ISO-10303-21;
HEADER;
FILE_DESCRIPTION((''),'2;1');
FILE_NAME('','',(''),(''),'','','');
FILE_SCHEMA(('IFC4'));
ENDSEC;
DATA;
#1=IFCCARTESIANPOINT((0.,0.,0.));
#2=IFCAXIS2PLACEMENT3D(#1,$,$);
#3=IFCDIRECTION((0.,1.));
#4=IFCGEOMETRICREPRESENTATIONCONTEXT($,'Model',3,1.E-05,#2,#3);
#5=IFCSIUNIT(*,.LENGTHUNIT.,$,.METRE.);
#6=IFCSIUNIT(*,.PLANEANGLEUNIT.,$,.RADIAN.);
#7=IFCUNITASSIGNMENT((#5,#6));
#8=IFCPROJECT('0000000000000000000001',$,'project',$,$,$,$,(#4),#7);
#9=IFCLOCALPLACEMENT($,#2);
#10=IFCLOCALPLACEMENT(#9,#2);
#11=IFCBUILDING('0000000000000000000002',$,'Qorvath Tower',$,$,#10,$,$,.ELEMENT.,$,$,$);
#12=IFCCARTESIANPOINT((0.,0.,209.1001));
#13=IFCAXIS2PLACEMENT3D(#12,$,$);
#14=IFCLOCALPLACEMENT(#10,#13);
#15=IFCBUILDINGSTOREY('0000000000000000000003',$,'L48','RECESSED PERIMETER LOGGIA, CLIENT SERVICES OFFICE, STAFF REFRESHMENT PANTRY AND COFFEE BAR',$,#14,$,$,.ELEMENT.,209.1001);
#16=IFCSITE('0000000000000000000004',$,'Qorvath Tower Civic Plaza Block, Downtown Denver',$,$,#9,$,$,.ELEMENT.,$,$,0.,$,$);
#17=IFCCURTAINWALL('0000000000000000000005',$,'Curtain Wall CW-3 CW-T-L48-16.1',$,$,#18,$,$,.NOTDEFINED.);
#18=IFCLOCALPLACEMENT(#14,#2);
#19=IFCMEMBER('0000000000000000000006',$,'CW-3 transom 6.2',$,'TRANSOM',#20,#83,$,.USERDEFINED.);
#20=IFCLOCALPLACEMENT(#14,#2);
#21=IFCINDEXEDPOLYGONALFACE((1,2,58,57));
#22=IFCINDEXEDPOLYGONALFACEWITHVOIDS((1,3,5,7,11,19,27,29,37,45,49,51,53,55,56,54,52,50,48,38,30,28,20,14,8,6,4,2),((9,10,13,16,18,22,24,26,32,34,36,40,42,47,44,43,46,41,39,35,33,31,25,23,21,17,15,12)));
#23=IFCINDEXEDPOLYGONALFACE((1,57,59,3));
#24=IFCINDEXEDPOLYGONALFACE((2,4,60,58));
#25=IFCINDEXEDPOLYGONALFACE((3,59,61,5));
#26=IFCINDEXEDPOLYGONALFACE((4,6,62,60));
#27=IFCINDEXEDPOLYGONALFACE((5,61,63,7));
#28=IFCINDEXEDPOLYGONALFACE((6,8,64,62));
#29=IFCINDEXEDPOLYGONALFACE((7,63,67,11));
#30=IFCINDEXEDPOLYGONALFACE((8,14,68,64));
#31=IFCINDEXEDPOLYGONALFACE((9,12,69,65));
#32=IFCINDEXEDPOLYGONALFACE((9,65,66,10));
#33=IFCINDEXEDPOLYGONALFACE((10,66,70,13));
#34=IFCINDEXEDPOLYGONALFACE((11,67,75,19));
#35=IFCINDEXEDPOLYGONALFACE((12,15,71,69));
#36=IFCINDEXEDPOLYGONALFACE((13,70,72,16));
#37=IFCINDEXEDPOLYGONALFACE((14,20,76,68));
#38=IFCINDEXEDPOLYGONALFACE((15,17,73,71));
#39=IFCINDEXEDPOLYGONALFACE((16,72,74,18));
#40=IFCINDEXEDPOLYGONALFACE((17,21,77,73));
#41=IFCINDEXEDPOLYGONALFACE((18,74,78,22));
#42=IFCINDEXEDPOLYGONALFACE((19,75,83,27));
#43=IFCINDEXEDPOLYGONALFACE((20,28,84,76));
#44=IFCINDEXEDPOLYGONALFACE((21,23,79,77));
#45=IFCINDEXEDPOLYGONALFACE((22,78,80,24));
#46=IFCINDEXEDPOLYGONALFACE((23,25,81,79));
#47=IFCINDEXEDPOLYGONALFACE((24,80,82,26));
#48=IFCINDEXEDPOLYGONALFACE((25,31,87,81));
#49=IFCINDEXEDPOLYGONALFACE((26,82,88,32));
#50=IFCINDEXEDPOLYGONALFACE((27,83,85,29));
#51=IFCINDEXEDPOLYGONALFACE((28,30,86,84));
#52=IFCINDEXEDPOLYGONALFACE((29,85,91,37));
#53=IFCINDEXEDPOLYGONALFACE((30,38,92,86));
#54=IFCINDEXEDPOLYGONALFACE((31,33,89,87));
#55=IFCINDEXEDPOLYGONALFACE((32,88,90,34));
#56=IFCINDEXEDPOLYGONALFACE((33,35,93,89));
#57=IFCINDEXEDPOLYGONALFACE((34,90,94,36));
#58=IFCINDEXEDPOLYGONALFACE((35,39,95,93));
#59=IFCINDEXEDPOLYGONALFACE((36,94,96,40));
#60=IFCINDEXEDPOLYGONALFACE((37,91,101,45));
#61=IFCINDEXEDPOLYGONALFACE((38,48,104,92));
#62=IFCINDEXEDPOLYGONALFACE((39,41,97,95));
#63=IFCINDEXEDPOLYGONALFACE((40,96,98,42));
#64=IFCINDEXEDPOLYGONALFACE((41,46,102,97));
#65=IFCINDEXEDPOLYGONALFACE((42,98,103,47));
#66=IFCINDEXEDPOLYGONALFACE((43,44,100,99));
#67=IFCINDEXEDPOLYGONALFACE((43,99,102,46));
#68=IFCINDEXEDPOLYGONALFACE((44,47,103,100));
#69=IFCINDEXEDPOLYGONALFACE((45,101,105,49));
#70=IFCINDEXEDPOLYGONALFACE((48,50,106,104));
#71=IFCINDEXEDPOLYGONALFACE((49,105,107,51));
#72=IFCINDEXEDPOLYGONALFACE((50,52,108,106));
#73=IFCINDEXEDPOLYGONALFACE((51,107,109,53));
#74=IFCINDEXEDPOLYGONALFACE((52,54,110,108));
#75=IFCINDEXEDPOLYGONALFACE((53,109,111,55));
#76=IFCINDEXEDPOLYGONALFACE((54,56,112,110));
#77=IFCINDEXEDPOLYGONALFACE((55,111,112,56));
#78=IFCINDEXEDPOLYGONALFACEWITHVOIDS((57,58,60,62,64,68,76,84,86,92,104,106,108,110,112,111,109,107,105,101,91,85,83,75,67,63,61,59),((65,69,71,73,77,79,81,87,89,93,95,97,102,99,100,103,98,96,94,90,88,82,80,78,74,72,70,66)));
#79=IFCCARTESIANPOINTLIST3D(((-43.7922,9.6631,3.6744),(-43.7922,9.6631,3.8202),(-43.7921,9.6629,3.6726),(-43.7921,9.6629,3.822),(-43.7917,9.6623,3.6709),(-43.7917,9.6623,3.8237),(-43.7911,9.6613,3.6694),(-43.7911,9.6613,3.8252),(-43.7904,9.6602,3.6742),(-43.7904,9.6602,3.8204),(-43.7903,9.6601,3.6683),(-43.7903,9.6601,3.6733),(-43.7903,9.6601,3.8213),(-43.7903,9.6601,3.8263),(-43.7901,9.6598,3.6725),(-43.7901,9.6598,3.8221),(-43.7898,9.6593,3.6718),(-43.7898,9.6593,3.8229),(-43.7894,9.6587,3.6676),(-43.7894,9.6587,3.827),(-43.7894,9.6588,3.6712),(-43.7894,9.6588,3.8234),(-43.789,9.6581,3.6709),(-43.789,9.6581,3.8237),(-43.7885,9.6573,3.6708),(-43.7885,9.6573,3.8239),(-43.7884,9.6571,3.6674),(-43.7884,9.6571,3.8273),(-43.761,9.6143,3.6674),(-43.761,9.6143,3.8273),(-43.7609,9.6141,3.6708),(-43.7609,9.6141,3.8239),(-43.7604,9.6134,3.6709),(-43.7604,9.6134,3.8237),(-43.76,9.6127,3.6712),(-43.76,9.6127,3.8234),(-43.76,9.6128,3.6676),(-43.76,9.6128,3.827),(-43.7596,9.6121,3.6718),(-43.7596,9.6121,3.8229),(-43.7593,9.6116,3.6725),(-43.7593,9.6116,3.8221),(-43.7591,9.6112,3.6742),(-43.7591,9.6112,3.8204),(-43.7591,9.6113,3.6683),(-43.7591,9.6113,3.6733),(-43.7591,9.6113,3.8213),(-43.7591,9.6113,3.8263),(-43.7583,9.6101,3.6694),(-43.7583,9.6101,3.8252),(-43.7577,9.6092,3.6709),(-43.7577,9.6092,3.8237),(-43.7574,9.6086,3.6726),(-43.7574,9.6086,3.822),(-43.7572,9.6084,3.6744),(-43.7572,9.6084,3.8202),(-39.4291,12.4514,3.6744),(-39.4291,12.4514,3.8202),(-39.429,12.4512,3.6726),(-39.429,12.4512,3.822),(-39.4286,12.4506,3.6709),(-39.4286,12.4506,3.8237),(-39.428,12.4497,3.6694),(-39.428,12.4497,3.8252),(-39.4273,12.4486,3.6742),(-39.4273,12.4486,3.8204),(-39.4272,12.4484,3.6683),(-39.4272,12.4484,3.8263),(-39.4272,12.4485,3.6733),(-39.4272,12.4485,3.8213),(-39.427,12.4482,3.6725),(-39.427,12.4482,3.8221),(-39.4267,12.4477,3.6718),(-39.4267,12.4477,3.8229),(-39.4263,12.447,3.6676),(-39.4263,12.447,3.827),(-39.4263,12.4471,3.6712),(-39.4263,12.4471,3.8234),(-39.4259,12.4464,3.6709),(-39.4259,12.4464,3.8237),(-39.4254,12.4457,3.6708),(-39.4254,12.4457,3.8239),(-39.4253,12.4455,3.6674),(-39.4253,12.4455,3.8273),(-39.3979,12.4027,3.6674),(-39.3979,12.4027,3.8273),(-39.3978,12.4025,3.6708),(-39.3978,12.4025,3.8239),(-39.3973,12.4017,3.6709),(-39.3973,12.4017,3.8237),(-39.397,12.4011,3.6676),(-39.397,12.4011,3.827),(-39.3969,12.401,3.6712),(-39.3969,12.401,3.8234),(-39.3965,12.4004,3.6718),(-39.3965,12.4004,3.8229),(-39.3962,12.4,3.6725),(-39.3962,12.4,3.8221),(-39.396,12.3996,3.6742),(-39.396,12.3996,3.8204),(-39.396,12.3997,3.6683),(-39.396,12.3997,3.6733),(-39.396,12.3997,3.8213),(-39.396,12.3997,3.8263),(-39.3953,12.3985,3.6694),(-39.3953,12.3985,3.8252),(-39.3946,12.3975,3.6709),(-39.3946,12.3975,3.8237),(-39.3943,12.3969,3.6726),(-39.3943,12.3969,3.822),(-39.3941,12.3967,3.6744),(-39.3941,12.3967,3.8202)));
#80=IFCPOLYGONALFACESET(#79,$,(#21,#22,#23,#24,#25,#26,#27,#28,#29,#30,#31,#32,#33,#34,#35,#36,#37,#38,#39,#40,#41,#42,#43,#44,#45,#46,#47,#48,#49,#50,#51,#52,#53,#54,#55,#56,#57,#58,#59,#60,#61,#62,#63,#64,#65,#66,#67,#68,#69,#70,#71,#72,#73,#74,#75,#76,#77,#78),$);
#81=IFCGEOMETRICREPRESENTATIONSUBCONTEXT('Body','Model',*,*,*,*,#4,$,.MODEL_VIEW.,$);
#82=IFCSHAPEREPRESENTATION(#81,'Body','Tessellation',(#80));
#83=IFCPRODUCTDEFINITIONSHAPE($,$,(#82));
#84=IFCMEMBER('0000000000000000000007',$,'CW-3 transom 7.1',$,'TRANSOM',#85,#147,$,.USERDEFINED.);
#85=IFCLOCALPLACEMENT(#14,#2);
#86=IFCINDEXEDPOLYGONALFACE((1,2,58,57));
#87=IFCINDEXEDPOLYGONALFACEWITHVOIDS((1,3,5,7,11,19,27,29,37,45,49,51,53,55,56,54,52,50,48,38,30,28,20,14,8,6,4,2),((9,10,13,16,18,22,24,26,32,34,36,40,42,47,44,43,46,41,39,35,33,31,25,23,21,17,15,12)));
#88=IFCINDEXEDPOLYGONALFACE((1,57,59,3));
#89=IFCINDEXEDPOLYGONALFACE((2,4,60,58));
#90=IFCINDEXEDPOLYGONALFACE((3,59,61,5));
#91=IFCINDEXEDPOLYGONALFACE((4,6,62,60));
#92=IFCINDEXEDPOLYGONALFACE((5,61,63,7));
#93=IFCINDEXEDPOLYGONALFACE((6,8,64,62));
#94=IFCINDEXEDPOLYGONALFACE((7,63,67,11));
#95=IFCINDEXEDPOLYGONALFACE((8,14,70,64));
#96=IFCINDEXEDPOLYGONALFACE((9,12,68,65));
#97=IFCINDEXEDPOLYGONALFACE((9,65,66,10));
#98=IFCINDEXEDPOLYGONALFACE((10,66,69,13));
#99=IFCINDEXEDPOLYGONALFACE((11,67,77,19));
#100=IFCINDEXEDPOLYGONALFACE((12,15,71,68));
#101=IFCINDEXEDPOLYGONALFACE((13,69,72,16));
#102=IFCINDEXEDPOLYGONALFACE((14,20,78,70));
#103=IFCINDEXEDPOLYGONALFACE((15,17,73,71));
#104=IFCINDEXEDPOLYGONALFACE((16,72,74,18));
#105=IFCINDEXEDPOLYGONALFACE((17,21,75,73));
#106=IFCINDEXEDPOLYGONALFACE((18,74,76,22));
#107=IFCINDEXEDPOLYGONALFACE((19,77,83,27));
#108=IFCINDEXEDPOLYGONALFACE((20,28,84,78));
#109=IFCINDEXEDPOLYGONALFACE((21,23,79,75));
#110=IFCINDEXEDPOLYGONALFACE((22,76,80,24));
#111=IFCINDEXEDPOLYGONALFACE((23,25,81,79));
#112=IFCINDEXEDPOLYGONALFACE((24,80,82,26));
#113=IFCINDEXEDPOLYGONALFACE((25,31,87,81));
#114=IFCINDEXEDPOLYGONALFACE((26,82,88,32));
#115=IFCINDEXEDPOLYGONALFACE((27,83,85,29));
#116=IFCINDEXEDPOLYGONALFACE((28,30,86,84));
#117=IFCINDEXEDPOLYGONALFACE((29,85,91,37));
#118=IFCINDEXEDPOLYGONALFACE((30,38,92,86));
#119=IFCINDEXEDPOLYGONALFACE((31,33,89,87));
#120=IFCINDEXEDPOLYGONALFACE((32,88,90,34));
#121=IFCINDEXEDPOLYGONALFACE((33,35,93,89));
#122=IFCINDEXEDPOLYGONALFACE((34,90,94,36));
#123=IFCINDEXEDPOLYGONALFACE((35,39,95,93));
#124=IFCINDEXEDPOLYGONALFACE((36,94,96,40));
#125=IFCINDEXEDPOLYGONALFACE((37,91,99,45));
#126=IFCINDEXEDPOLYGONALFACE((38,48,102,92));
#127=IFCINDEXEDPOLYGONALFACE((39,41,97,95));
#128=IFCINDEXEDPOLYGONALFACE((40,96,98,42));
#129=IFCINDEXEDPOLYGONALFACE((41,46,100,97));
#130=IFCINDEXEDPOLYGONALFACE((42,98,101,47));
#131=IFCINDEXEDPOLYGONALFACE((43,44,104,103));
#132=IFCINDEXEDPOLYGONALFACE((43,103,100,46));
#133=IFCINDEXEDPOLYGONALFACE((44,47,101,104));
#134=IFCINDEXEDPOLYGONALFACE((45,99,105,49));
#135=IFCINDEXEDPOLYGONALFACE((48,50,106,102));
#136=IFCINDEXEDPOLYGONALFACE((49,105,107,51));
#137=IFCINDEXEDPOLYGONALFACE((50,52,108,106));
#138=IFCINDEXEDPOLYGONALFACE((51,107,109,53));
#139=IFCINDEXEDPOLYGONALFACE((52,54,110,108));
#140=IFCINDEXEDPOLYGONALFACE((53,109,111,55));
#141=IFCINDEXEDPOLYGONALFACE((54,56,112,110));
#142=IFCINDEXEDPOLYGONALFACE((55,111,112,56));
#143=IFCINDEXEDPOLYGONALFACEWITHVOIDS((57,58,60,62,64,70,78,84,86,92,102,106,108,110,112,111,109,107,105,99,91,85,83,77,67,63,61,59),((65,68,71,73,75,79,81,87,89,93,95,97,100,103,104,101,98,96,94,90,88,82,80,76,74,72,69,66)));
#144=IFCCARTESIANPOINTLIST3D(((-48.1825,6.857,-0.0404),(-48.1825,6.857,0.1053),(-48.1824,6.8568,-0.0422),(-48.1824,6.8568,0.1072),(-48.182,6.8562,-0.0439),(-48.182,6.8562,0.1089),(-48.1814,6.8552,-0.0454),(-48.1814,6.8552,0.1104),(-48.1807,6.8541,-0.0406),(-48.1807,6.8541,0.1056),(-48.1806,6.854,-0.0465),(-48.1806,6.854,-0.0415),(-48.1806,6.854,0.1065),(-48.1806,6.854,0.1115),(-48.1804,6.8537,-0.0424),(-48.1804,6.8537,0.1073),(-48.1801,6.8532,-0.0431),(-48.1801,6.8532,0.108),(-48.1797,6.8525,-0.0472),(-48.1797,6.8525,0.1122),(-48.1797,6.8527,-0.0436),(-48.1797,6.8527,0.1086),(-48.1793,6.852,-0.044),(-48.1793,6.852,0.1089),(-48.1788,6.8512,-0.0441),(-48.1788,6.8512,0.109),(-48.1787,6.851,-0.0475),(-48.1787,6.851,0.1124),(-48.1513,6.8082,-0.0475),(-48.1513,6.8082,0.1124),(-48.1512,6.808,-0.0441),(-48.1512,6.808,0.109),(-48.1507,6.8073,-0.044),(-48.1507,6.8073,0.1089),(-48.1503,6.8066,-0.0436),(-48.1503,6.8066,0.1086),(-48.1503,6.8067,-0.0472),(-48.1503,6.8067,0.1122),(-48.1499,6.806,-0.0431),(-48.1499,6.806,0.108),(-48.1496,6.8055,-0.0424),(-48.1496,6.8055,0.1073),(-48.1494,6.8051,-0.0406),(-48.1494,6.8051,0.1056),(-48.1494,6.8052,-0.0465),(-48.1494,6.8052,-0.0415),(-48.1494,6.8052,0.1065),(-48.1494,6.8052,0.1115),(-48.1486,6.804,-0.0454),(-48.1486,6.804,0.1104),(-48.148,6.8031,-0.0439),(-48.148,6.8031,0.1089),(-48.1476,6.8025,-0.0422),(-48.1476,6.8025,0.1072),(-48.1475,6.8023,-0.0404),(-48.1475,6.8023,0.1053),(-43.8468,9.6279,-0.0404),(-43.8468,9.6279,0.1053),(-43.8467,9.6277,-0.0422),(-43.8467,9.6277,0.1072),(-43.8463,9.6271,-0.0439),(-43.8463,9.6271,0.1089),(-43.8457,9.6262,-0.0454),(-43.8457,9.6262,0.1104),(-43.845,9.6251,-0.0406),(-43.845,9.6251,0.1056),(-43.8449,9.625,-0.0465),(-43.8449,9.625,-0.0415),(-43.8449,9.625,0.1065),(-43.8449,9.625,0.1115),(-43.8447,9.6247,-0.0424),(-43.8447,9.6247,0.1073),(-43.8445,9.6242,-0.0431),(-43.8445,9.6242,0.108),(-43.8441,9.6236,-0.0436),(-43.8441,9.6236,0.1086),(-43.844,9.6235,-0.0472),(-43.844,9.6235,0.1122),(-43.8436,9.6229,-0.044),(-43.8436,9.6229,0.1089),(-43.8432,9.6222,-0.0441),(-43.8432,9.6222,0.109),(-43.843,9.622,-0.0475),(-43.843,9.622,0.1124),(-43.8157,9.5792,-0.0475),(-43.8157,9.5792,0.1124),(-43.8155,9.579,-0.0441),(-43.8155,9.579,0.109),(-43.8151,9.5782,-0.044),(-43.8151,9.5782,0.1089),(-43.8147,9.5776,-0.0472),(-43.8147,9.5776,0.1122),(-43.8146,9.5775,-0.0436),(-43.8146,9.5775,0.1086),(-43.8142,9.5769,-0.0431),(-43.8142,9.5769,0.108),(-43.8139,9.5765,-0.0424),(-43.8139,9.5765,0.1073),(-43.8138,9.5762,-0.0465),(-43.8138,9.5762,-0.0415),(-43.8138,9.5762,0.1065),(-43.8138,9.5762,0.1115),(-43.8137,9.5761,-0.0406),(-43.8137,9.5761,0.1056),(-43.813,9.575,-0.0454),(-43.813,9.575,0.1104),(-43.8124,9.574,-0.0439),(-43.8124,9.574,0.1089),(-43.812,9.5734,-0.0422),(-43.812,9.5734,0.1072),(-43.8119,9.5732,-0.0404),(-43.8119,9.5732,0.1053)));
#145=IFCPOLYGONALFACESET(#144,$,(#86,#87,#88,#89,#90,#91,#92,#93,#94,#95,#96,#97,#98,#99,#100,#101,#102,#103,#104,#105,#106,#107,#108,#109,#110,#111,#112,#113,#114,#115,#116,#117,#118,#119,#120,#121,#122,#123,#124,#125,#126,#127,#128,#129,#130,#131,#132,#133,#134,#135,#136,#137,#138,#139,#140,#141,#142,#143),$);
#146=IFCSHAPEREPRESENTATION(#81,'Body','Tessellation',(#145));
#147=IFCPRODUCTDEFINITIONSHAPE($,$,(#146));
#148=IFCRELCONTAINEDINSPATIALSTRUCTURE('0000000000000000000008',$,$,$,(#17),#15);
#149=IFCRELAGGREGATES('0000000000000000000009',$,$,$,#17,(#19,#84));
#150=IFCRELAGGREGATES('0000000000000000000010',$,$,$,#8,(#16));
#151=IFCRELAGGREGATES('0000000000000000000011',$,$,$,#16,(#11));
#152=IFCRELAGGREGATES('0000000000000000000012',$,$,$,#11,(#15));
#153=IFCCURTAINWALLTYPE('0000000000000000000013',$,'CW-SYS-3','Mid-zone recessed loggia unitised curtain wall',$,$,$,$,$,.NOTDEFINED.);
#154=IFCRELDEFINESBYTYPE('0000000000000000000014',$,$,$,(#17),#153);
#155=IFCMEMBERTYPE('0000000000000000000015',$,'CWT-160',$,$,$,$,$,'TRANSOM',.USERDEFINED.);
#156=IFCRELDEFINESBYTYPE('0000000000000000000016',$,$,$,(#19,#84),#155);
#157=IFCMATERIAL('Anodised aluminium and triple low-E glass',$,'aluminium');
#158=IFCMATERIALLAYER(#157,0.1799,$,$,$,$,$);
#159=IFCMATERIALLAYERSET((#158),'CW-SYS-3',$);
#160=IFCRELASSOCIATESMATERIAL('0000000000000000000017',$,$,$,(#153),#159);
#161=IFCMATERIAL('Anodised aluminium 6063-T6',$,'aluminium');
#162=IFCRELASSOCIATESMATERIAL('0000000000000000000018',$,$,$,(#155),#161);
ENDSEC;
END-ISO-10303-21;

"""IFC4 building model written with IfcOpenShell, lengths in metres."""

from ifc_helpers import new_model, si_unit, direction, frame, origin, origin_2d, place, context, subcontext, project, spatial, hollow_rectangle, extrude, material, layer, layer_set, material_profile, profile_set, type_object, element, aggregate, save


model = new_model("IFC4")

# Units and contexts
model_context = context("Model", 3, precision=1e-05, world=origin(), true_north=direction((0.0, 1.0)))
body_context = subcontext(model_context, "Body", "Model", "MODEL_VIEW")
ifc_project = project(units=[si_unit("LENGTHUNIT", "METRE"), si_unit("PLANEANGLEUNIT", "RADIAN")], contexts=[model_context])

# Site, building, storey
site_placement = place(None, origin())
site = spatial("IfcSite", under=ifc_project, at=site_placement, Name="Qorvath Tower Civic Plaza Block, Downtown Denver", CompositionType="ELEMENT", RefElevation=0.0)
building_placement = place(site_placement, origin())
building = spatial("IfcBuilding", under=site, at=building_placement, Name="Qorvath Tower", CompositionType="ELEMENT")
storey_placement = place(building_placement, frame((0.0, 0.0, 209.1001)))
storey = spatial("IfcBuildingStorey", under=building, at=storey_placement, Name="L48", Description="RECESSED PERIMETER LOGGIA, CLIENT SERVICES OFFICE, STAFF REFRESHMENT PANTRY AND COFFEE BAR", CompositionType="ELEMENT", Elevation=209.1001)

# Curtain wall
ifc_material_1 = material(Name="Anodised aluminium and triple low-E glass", Category="aluminium")
ifc_layer_1 = layer(ifc_material_1, 0.1799)
ifc_layer_set_1 = layer_set([ifc_layer_1], Name="CW-SYS-3")
curtain_wall_type = type_object("IfcCurtainWallType", Name="CW-SYS-3", Description="Mid-zone recessed loggia unitised curtain wall", PredefinedType="NOTDEFINED", material=ifc_layer_set_1)
curtain_wall_1_placement = place(storey_placement, origin())
curtain_wall_1 = element("IfcCurtainWall", 1, at=curtain_wall_1_placement, inside=storey, type_object=curtain_wall_type, Name="Curtain Wall CW-3 CW-T-L48-16.1", PredefinedType="NOTDEFINED")

# Members
ifc_material_2 = material(Name="Anodised aluminium 6063-T6", Category="aluminium")
ifc_material_profile_1 = material_profile(ifc_material_2, hollow_rectangle(XDim=0.0649, YDim=0.1599, WallThickness=0.0034, InnerFilletRadius=0.0034, OuterFilletRadius=0.0071, at=origin_2d()), Name="CWT 160x65")
ifc_profile_set_1 = profile_set([ifc_material_profile_1], Name="Anodised aluminium 6063-T6")
member_type_1 = type_object("IfcMemberType", Name="CWT-160", ElementType="TRANSOM", PredefinedType="USERDEFINED", material=ifc_profile_set_1)
member_1_placement = place(storey_placement, frame((-39.4116, 12.4241, 3.7473), z_axis=(-0.842623, -0.538504, 0.0), x_axis=(0.538504, -0.842623, 0.0)))
member_1 = element("IfcMember", 2, at=member_1_placement, type_object=member_type_1, Name="CW-3 transom 6.2", ObjectType="TRANSOM", PredefinedType="USERDEFINED", context=body_context, shape_type="SweptSolid", body=[
    extrude(hollow_rectangle(XDim=0.0649, YDim=0.1599, WallThickness=0.0034, InnerFilletRadius=0.0034, OuterFilletRadius=0.0071, at=origin_2d()), origin(), (0.0, 0.0, 1.0), 5.178),
])
member_2_placement = place(storey_placement, frame((-43.8293, 9.6006, 0.0325), z_axis=(-0.842611, -0.538523, 0.0), x_axis=(0.538523, -0.842611, 0.0)))
member_2 = element("IfcMember", 3, at=member_2_placement, type_object=member_type_1, Name="CW-3 transom 7.1", ObjectType="TRANSOM", PredefinedType="USERDEFINED", context=body_context, shape_type="SweptSolid", body=[
    extrude(hollow_rectangle(XDim=0.0649, YDim=0.1599, WallThickness=0.0034, InnerFilletRadius=0.0034, OuterFilletRadius=0.0071, at=origin_2d()), origin(), (0.0, 0.0, 1.0), 5.1455),
])

aggregate(curtain_wall_1, [member_1, member_2])

save(model, "model.ifc")
